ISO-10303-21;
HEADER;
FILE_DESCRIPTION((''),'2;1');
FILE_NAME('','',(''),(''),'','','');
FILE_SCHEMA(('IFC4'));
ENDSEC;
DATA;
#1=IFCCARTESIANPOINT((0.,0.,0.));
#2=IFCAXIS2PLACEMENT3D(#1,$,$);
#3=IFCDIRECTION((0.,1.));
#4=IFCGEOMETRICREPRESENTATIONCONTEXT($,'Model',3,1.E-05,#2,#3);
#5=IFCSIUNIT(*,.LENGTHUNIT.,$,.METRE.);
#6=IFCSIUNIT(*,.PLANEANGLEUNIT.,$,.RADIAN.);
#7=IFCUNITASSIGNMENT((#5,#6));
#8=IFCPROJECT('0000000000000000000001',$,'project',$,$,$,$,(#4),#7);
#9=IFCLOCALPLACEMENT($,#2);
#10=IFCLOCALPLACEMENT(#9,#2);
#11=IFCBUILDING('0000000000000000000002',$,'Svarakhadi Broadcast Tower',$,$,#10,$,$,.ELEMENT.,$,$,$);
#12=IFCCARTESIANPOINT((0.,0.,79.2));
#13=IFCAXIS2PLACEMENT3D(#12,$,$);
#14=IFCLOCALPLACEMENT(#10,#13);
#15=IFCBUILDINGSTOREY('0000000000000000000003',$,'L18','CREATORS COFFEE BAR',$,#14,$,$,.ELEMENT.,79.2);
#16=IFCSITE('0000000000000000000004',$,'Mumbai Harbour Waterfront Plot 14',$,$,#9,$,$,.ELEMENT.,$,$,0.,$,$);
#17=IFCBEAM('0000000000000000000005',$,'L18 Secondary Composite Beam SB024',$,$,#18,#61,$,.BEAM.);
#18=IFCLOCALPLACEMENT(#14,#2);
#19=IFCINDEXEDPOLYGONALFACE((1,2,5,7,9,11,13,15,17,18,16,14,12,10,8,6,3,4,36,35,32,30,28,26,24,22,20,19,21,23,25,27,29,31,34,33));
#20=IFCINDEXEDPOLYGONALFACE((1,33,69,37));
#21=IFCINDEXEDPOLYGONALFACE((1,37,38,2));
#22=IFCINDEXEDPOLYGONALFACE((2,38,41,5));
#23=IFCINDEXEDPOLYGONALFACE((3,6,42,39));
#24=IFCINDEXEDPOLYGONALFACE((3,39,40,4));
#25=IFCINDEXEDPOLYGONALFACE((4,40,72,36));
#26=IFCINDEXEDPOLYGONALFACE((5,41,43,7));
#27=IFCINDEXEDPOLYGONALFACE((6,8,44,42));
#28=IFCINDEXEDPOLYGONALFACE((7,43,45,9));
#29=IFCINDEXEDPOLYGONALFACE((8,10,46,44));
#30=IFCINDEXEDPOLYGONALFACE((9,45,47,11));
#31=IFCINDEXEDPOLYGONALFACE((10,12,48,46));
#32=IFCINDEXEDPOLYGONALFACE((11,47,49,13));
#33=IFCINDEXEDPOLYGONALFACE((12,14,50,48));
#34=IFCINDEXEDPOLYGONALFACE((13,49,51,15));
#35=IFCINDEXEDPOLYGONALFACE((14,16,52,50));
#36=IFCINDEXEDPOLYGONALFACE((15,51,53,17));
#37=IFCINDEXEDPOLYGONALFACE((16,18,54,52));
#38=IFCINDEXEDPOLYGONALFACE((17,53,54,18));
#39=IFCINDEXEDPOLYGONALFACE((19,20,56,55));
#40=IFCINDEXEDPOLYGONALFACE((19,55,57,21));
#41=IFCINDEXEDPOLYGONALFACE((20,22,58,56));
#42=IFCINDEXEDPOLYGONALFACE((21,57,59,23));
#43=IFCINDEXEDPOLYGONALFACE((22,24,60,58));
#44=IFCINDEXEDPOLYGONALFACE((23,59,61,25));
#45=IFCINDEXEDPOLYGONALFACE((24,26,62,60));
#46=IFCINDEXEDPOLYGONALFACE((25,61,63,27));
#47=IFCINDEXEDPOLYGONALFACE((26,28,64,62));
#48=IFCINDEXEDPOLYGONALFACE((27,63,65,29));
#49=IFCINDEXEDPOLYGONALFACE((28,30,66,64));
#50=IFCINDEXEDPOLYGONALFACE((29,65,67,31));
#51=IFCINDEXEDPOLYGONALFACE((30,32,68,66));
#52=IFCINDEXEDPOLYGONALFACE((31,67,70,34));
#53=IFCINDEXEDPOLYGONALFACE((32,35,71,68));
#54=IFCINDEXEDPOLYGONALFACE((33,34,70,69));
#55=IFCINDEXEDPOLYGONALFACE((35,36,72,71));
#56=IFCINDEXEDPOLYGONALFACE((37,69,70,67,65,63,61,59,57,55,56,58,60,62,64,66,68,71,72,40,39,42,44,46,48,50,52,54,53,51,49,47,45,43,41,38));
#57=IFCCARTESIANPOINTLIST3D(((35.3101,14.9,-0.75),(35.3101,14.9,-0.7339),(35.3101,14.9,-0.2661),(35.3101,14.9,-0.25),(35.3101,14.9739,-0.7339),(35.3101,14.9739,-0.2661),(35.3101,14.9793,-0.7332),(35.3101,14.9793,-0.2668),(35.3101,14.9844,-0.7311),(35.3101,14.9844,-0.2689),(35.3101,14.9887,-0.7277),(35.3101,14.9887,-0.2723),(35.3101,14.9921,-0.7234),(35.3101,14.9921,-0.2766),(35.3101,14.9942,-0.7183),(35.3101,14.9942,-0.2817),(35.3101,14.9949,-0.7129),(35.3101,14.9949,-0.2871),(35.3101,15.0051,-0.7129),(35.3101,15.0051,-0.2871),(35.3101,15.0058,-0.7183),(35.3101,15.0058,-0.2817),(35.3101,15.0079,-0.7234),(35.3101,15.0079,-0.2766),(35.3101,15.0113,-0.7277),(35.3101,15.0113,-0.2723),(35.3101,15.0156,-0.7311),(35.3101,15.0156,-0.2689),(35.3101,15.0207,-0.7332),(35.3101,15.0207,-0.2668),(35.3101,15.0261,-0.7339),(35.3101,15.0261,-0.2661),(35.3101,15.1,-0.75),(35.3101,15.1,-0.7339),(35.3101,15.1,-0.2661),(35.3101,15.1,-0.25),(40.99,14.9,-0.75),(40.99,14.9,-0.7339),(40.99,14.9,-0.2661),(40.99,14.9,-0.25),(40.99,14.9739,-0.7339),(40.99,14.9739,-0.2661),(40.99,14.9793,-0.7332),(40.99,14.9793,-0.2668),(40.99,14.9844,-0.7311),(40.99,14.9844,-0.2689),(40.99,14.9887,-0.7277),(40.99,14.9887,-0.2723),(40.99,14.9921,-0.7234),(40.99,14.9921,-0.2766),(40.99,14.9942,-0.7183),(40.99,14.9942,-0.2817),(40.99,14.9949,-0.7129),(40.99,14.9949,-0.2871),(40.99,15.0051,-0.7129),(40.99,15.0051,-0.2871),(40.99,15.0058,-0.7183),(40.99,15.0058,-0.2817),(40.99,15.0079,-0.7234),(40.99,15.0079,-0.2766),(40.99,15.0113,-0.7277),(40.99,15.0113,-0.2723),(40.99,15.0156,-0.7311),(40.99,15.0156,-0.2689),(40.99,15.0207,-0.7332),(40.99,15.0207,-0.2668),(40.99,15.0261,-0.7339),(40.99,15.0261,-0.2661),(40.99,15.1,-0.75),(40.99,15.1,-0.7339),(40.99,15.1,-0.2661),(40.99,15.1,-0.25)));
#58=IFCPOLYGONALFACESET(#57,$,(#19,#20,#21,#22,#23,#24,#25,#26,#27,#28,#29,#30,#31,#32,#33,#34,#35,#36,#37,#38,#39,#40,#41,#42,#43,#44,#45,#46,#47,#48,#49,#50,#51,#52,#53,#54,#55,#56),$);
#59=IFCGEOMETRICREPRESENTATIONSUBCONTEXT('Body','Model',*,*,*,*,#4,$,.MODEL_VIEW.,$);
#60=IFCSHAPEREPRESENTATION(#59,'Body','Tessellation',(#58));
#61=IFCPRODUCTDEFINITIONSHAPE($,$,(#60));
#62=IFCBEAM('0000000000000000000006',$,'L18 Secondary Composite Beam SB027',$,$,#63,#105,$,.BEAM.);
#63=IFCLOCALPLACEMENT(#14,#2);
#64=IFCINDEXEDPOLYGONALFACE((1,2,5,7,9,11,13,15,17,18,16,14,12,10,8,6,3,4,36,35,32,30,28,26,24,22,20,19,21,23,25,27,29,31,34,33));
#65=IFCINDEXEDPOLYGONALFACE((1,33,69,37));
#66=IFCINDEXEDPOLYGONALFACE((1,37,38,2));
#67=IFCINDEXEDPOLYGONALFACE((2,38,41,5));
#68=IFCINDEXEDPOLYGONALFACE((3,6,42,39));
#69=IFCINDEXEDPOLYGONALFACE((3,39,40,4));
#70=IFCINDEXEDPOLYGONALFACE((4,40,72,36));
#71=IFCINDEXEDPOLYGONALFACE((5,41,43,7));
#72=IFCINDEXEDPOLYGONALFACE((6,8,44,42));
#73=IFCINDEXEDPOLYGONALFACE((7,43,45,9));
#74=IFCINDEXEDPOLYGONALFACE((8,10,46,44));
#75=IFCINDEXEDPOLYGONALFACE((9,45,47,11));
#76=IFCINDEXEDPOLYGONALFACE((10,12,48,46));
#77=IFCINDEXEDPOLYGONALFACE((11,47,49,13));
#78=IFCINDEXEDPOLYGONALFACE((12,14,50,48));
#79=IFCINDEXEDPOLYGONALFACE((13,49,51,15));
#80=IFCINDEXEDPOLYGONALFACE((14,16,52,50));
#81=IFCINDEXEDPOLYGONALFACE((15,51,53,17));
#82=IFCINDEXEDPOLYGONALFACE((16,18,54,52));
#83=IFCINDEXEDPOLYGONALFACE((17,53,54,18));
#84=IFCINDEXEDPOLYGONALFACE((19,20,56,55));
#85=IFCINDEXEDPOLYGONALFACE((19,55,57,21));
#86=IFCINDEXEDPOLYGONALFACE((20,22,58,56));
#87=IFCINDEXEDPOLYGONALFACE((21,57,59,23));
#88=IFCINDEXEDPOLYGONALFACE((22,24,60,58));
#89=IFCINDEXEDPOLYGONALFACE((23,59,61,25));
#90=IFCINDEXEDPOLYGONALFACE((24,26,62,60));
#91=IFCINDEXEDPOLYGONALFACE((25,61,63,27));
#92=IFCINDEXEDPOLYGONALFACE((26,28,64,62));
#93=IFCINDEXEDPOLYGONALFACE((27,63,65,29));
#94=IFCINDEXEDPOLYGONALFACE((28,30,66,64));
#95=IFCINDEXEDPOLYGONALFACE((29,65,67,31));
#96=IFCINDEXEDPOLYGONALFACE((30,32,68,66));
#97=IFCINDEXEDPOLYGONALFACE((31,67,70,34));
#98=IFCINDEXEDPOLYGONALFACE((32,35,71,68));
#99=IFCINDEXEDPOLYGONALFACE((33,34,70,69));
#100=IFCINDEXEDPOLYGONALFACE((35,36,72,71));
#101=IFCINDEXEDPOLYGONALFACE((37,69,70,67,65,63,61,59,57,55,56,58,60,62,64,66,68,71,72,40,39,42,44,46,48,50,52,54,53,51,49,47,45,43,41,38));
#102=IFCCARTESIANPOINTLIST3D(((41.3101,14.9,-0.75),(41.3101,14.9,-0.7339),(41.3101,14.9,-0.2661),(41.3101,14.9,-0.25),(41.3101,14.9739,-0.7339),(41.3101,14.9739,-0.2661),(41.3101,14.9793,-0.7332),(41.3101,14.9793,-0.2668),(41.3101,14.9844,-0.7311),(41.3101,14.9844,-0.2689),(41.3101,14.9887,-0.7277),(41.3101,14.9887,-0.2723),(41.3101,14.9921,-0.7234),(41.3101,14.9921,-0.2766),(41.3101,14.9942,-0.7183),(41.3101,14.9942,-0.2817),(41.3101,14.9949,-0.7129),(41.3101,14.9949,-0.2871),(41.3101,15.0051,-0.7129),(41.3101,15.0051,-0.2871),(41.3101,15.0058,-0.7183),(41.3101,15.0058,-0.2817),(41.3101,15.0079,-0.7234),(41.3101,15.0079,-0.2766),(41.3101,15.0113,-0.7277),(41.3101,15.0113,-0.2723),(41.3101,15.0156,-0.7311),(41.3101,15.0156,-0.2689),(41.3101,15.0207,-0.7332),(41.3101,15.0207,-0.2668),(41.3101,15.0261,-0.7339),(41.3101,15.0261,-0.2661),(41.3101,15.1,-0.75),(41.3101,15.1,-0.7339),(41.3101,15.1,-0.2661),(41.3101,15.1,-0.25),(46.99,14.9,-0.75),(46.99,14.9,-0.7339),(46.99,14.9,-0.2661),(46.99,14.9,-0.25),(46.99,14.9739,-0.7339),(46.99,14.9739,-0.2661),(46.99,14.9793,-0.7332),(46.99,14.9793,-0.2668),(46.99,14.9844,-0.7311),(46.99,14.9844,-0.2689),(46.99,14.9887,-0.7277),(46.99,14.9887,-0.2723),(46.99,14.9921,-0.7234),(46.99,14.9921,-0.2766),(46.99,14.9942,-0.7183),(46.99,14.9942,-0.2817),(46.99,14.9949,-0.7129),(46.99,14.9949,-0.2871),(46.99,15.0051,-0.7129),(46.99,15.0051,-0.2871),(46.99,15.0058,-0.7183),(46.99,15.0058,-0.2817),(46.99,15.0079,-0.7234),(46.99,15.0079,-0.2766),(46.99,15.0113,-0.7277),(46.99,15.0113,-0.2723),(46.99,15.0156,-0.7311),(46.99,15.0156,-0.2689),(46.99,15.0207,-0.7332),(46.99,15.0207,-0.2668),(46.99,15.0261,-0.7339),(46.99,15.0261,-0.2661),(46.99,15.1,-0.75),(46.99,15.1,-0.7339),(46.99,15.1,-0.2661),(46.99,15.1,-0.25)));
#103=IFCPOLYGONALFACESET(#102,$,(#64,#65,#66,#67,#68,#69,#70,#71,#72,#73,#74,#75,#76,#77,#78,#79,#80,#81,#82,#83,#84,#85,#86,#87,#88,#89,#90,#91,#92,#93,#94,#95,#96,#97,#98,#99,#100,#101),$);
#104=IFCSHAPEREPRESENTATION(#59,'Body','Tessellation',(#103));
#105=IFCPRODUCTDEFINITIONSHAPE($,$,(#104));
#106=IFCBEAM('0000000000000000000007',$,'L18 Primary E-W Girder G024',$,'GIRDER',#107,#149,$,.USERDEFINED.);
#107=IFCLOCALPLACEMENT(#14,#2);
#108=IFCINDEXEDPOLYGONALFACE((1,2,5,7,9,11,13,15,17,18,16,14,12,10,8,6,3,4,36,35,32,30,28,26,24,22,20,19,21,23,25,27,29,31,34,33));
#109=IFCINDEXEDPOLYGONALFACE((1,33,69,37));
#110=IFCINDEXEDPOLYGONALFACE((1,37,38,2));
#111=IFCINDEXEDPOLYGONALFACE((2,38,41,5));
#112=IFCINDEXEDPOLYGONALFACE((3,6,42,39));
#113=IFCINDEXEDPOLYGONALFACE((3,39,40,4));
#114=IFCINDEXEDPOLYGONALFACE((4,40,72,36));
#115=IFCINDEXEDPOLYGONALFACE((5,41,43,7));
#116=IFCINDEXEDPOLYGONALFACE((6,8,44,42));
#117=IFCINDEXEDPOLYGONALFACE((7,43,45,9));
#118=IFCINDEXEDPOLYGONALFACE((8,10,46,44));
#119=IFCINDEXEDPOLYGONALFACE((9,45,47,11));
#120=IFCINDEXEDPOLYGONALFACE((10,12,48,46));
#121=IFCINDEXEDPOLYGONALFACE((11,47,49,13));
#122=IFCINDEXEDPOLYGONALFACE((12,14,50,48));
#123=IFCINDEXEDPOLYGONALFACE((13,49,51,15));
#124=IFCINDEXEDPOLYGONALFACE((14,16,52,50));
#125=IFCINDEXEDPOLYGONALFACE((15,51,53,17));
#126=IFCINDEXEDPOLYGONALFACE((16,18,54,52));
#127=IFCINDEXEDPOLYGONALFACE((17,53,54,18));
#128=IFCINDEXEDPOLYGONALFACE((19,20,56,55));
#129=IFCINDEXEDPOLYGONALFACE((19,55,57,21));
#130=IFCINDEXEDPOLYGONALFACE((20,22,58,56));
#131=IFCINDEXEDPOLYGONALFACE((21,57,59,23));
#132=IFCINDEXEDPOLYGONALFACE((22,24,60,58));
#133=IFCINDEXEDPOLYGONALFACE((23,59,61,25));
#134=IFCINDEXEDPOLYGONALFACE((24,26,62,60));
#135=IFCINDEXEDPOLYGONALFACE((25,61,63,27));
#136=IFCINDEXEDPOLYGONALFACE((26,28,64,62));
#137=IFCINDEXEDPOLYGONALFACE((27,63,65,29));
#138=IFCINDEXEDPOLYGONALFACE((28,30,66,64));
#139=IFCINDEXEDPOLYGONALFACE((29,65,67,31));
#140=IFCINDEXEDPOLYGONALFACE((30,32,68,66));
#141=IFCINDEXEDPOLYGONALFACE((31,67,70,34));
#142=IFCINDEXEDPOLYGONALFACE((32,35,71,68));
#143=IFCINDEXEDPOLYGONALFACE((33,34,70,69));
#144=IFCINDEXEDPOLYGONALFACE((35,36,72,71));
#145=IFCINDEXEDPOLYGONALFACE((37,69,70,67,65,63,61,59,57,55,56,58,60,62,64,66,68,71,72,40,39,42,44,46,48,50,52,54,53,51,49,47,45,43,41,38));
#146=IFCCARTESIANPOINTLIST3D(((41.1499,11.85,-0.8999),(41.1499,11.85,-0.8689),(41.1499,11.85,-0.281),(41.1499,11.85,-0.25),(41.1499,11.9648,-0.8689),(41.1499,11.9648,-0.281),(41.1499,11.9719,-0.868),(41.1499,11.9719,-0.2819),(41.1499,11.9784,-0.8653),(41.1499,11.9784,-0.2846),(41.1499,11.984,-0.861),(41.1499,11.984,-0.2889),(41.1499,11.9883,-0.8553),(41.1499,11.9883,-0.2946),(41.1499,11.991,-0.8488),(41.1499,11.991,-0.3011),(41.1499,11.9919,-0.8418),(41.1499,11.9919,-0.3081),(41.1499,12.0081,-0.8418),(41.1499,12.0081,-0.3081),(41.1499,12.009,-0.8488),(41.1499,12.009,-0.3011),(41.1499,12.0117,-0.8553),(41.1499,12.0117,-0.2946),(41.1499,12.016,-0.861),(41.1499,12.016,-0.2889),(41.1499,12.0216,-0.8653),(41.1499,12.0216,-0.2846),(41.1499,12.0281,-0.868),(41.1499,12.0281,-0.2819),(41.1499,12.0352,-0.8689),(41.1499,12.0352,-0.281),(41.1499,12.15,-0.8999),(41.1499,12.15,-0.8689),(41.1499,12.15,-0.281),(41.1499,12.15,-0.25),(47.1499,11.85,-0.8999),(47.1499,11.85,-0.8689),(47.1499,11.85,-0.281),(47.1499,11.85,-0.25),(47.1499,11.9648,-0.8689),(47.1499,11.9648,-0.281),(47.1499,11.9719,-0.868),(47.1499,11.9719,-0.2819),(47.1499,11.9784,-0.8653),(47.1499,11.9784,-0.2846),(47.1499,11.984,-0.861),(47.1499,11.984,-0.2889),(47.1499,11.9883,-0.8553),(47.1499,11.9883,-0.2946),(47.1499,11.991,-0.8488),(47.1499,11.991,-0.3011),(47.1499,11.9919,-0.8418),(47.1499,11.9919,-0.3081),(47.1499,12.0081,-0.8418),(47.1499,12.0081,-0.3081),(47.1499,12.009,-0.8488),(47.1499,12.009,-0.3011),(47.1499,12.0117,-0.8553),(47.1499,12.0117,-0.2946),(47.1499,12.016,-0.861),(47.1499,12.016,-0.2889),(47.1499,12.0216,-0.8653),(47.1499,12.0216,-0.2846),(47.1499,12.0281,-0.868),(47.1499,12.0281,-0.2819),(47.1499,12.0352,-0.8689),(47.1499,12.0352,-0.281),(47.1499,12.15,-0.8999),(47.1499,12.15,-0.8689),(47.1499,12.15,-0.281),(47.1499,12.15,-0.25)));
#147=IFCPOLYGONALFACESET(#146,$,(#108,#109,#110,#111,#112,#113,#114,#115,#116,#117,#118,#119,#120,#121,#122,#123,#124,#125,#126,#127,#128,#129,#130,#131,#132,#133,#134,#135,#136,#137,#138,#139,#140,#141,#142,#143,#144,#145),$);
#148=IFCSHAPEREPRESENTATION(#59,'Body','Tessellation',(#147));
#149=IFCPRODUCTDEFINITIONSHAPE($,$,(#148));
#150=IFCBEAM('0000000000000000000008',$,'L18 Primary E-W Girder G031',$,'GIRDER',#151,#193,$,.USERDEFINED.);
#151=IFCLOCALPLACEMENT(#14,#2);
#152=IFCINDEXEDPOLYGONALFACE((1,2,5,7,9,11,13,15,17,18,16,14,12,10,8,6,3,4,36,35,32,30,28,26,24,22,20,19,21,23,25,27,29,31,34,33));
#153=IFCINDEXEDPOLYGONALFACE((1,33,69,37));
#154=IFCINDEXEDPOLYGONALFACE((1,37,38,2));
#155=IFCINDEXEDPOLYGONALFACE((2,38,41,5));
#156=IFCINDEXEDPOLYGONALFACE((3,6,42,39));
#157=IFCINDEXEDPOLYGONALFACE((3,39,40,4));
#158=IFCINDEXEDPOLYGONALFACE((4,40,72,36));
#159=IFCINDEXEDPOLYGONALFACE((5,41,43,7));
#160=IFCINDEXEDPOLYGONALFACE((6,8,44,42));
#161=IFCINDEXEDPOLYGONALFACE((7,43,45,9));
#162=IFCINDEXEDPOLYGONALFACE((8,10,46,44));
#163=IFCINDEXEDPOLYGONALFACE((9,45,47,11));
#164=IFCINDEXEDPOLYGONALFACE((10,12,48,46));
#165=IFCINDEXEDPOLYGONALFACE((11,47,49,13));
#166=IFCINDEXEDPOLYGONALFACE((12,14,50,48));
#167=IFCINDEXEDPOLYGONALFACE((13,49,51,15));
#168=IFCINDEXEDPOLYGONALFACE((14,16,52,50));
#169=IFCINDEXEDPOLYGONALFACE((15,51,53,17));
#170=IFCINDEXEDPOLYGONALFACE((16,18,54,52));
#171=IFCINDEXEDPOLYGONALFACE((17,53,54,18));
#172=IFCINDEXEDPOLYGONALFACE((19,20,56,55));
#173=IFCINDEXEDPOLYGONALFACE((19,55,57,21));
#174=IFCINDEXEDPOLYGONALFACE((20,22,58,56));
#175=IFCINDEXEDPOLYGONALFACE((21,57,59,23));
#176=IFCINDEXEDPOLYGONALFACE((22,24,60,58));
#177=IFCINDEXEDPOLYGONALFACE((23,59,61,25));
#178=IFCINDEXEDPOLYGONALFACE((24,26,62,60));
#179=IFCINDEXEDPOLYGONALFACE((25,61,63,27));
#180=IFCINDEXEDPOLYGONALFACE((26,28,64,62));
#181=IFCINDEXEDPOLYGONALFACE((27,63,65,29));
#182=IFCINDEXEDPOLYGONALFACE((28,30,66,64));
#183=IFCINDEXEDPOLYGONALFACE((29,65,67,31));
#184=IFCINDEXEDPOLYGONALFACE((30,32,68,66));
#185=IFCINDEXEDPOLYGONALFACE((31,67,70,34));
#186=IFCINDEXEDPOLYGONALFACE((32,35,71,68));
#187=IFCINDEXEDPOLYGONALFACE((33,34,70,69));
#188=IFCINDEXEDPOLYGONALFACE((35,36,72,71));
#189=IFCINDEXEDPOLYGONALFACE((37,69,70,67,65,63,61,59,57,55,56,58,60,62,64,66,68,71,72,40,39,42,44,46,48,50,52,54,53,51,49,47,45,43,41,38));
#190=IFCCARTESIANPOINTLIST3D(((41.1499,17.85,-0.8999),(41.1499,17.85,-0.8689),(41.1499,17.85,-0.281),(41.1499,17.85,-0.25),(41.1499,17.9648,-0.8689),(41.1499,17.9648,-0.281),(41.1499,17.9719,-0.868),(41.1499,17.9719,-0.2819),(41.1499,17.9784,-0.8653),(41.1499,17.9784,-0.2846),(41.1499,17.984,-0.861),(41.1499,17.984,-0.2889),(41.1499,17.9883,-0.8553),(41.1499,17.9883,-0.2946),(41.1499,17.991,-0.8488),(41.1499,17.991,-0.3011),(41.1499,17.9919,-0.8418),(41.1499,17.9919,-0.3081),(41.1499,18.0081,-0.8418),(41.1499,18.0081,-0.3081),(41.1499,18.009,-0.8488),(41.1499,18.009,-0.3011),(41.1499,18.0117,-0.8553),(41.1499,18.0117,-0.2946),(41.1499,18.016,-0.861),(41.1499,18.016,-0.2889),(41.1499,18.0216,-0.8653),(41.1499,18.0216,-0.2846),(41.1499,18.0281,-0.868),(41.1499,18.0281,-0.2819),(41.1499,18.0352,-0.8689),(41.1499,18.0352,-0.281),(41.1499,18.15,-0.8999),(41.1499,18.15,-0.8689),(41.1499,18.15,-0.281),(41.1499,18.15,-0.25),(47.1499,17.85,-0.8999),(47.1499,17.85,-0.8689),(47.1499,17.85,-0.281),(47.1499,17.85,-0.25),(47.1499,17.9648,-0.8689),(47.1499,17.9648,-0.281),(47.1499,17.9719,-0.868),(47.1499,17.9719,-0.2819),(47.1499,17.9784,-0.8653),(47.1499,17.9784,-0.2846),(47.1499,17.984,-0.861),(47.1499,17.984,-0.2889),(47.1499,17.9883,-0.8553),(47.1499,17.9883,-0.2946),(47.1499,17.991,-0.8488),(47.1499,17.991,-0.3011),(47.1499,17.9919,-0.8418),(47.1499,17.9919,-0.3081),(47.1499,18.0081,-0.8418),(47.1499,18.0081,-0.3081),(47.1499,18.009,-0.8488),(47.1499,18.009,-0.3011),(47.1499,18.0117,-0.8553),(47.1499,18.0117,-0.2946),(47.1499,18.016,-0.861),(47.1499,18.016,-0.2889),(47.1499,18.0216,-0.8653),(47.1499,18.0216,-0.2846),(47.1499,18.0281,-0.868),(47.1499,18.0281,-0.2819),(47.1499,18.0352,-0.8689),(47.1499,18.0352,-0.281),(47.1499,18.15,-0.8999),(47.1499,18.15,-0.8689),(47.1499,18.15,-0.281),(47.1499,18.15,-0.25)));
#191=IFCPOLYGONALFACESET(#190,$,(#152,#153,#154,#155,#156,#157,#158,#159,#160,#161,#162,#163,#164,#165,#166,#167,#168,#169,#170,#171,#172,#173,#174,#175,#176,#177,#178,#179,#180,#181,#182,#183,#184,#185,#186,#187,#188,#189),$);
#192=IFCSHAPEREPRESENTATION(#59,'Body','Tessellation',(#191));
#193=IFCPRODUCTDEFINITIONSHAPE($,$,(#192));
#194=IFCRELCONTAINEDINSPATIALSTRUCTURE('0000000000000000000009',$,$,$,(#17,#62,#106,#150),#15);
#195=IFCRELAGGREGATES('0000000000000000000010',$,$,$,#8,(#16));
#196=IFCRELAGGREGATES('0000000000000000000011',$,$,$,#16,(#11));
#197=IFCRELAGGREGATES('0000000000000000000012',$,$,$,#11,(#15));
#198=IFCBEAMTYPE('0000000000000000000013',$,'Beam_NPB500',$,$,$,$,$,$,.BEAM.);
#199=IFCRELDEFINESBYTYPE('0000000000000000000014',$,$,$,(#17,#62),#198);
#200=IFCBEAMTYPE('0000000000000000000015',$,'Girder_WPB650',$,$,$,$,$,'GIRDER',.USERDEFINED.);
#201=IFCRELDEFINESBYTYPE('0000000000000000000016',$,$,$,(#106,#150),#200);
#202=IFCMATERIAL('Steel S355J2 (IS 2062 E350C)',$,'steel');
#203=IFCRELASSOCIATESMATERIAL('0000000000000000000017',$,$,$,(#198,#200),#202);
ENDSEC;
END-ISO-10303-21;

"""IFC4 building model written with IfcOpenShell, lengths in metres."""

from ifc_helpers import new_model, si_unit, direction, frame, origin, origin_2d, place, context, subcontext, project, spatial, i_section, extrude, material, material_profile, profile_set, type_object, element, save


model = new_model("IFC4")

# Units and contexts
model_context = context("Model", 3, precision=1e-05, world=origin(), true_north=direction((0.0, 1.0)))
body_context = subcontext(model_context, "Body", "Model", "MODEL_VIEW")
ifc_project = project(units=[si_unit("LENGTHUNIT", "METRE"), si_unit("PLANEANGLEUNIT", "RADIAN")], contexts=[model_context])

# Site, building, storey
site_placement = place(None, origin())
site = spatial("IfcSite", under=ifc_project, at=site_placement, Name="Mumbai Harbour Waterfront Plot 14", CompositionType="ELEMENT", RefElevation=0.0)
building_placement = place(site_placement, origin())
building = spatial("IfcBuilding", under=site, at=building_placement, Name="Svarakhadi Broadcast Tower", CompositionType="ELEMENT")
storey_placement = place(building_placement, frame((0.0, 0.0, 79.2)))
storey = spatial("IfcBuildingStorey", under=building, at=storey_placement, Name="L18", Description="CREATORS COFFEE BAR", CompositionType="ELEMENT", Elevation=79.2)

# Beams
ifc_material_1 = material(Name="Steel S355J2 (IS 2062 E350C)", Category="steel")
ifc_material_profile_1 = material_profile(ifc_material_1, i_section(OverallWidth=0.2, OverallDepth=0.5, WebThickness=0.0103, FlangeThickness=0.0161, FilletRadius=0.021, at=origin_2d()), Name="NPB 500x200x91")
ifc_profile_set_1 = profile_set([ifc_material_profile_1], Name="Steel S355J2 (IS 2062 E350C)")
beam_type_1 = type_object("IfcBeamType", Name="Beam_NPB500", PredefinedType="BEAM", material=ifc_profile_set_1)
for number, where, z_axis, x_axis, name in (
    (1, (35.3101, 15.0, -0.5), (1.0, 0.0, 0.0), (0.0, 1.0, 0.0), "L18 Secondary Composite Beam SB024"),
    (2, (41.3101, 15.0, -0.5), (1.0, 0.0, 0.0), (0.0, 1.0, 0.0), "L18 Secondary Composite Beam SB027"),
):
    element("IfcBeam", number, at=place(storey_placement, frame(where, z_axis=z_axis, x_axis=x_axis)), inside=storey, type_object=beam_type_1, Name=name, PredefinedType="BEAM", context=body_context, shape_type="SweptSolid", body=[
        extrude(i_section(OverallWidth=0.2, OverallDepth=0.5, WebThickness=0.0103, FlangeThickness=0.0161, FilletRadius=0.021, at=origin_2d()), origin(), (0.0, 0.0, 1.0), 5.6799),
    ])
ifc_material_profile_2 = material_profile(ifc_material_1, i_section(OverallWidth=0.3, OverallDepth=0.6499, WebThickness=0.0161, FlangeThickness=0.031, FilletRadius=0.0271, at=origin_2d()), Name="WPB 650x300x225")
ifc_profile_set_2 = profile_set([ifc_material_profile_2], Name="Steel S355J2 (IS 2062 E350C)")
beam_type_2 = type_object("IfcBeamType", Name="Girder_WPB650", ElementType="GIRDER", PredefinedType="USERDEFINED", material=ifc_profile_set_2)
for number, where, z_axis, x_axis, name in (
    (3, (41.1499, 12.0, -0.575), (1.0, 0.0, 0.0), (0.0, 1.0, 0.0), "L18 Primary E-W Girder G024"),
    (4, (41.1499, 18.0, -0.575), (1.0, 0.0, 0.0), (0.0, 1.0, 0.0), "L18 Primary E-W Girder G031"),
):
    element("IfcBeam", number, at=place(storey_placement, frame(where, z_axis=z_axis, x_axis=x_axis)), inside=storey, type_object=beam_type_2, Name=name, ObjectType="GIRDER", PredefinedType="USERDEFINED", context=body_context, shape_type="SweptSolid", body=[
        extrude(i_section(OverallWidth=0.3, OverallDepth=0.6499, WebThickness=0.0161, FlangeThickness=0.031, FilletRadius=0.0271, at=origin_2d()), origin(), (0.0, 0.0, 1.0), 6.0),
    ])

save(model, "model.ifc")
